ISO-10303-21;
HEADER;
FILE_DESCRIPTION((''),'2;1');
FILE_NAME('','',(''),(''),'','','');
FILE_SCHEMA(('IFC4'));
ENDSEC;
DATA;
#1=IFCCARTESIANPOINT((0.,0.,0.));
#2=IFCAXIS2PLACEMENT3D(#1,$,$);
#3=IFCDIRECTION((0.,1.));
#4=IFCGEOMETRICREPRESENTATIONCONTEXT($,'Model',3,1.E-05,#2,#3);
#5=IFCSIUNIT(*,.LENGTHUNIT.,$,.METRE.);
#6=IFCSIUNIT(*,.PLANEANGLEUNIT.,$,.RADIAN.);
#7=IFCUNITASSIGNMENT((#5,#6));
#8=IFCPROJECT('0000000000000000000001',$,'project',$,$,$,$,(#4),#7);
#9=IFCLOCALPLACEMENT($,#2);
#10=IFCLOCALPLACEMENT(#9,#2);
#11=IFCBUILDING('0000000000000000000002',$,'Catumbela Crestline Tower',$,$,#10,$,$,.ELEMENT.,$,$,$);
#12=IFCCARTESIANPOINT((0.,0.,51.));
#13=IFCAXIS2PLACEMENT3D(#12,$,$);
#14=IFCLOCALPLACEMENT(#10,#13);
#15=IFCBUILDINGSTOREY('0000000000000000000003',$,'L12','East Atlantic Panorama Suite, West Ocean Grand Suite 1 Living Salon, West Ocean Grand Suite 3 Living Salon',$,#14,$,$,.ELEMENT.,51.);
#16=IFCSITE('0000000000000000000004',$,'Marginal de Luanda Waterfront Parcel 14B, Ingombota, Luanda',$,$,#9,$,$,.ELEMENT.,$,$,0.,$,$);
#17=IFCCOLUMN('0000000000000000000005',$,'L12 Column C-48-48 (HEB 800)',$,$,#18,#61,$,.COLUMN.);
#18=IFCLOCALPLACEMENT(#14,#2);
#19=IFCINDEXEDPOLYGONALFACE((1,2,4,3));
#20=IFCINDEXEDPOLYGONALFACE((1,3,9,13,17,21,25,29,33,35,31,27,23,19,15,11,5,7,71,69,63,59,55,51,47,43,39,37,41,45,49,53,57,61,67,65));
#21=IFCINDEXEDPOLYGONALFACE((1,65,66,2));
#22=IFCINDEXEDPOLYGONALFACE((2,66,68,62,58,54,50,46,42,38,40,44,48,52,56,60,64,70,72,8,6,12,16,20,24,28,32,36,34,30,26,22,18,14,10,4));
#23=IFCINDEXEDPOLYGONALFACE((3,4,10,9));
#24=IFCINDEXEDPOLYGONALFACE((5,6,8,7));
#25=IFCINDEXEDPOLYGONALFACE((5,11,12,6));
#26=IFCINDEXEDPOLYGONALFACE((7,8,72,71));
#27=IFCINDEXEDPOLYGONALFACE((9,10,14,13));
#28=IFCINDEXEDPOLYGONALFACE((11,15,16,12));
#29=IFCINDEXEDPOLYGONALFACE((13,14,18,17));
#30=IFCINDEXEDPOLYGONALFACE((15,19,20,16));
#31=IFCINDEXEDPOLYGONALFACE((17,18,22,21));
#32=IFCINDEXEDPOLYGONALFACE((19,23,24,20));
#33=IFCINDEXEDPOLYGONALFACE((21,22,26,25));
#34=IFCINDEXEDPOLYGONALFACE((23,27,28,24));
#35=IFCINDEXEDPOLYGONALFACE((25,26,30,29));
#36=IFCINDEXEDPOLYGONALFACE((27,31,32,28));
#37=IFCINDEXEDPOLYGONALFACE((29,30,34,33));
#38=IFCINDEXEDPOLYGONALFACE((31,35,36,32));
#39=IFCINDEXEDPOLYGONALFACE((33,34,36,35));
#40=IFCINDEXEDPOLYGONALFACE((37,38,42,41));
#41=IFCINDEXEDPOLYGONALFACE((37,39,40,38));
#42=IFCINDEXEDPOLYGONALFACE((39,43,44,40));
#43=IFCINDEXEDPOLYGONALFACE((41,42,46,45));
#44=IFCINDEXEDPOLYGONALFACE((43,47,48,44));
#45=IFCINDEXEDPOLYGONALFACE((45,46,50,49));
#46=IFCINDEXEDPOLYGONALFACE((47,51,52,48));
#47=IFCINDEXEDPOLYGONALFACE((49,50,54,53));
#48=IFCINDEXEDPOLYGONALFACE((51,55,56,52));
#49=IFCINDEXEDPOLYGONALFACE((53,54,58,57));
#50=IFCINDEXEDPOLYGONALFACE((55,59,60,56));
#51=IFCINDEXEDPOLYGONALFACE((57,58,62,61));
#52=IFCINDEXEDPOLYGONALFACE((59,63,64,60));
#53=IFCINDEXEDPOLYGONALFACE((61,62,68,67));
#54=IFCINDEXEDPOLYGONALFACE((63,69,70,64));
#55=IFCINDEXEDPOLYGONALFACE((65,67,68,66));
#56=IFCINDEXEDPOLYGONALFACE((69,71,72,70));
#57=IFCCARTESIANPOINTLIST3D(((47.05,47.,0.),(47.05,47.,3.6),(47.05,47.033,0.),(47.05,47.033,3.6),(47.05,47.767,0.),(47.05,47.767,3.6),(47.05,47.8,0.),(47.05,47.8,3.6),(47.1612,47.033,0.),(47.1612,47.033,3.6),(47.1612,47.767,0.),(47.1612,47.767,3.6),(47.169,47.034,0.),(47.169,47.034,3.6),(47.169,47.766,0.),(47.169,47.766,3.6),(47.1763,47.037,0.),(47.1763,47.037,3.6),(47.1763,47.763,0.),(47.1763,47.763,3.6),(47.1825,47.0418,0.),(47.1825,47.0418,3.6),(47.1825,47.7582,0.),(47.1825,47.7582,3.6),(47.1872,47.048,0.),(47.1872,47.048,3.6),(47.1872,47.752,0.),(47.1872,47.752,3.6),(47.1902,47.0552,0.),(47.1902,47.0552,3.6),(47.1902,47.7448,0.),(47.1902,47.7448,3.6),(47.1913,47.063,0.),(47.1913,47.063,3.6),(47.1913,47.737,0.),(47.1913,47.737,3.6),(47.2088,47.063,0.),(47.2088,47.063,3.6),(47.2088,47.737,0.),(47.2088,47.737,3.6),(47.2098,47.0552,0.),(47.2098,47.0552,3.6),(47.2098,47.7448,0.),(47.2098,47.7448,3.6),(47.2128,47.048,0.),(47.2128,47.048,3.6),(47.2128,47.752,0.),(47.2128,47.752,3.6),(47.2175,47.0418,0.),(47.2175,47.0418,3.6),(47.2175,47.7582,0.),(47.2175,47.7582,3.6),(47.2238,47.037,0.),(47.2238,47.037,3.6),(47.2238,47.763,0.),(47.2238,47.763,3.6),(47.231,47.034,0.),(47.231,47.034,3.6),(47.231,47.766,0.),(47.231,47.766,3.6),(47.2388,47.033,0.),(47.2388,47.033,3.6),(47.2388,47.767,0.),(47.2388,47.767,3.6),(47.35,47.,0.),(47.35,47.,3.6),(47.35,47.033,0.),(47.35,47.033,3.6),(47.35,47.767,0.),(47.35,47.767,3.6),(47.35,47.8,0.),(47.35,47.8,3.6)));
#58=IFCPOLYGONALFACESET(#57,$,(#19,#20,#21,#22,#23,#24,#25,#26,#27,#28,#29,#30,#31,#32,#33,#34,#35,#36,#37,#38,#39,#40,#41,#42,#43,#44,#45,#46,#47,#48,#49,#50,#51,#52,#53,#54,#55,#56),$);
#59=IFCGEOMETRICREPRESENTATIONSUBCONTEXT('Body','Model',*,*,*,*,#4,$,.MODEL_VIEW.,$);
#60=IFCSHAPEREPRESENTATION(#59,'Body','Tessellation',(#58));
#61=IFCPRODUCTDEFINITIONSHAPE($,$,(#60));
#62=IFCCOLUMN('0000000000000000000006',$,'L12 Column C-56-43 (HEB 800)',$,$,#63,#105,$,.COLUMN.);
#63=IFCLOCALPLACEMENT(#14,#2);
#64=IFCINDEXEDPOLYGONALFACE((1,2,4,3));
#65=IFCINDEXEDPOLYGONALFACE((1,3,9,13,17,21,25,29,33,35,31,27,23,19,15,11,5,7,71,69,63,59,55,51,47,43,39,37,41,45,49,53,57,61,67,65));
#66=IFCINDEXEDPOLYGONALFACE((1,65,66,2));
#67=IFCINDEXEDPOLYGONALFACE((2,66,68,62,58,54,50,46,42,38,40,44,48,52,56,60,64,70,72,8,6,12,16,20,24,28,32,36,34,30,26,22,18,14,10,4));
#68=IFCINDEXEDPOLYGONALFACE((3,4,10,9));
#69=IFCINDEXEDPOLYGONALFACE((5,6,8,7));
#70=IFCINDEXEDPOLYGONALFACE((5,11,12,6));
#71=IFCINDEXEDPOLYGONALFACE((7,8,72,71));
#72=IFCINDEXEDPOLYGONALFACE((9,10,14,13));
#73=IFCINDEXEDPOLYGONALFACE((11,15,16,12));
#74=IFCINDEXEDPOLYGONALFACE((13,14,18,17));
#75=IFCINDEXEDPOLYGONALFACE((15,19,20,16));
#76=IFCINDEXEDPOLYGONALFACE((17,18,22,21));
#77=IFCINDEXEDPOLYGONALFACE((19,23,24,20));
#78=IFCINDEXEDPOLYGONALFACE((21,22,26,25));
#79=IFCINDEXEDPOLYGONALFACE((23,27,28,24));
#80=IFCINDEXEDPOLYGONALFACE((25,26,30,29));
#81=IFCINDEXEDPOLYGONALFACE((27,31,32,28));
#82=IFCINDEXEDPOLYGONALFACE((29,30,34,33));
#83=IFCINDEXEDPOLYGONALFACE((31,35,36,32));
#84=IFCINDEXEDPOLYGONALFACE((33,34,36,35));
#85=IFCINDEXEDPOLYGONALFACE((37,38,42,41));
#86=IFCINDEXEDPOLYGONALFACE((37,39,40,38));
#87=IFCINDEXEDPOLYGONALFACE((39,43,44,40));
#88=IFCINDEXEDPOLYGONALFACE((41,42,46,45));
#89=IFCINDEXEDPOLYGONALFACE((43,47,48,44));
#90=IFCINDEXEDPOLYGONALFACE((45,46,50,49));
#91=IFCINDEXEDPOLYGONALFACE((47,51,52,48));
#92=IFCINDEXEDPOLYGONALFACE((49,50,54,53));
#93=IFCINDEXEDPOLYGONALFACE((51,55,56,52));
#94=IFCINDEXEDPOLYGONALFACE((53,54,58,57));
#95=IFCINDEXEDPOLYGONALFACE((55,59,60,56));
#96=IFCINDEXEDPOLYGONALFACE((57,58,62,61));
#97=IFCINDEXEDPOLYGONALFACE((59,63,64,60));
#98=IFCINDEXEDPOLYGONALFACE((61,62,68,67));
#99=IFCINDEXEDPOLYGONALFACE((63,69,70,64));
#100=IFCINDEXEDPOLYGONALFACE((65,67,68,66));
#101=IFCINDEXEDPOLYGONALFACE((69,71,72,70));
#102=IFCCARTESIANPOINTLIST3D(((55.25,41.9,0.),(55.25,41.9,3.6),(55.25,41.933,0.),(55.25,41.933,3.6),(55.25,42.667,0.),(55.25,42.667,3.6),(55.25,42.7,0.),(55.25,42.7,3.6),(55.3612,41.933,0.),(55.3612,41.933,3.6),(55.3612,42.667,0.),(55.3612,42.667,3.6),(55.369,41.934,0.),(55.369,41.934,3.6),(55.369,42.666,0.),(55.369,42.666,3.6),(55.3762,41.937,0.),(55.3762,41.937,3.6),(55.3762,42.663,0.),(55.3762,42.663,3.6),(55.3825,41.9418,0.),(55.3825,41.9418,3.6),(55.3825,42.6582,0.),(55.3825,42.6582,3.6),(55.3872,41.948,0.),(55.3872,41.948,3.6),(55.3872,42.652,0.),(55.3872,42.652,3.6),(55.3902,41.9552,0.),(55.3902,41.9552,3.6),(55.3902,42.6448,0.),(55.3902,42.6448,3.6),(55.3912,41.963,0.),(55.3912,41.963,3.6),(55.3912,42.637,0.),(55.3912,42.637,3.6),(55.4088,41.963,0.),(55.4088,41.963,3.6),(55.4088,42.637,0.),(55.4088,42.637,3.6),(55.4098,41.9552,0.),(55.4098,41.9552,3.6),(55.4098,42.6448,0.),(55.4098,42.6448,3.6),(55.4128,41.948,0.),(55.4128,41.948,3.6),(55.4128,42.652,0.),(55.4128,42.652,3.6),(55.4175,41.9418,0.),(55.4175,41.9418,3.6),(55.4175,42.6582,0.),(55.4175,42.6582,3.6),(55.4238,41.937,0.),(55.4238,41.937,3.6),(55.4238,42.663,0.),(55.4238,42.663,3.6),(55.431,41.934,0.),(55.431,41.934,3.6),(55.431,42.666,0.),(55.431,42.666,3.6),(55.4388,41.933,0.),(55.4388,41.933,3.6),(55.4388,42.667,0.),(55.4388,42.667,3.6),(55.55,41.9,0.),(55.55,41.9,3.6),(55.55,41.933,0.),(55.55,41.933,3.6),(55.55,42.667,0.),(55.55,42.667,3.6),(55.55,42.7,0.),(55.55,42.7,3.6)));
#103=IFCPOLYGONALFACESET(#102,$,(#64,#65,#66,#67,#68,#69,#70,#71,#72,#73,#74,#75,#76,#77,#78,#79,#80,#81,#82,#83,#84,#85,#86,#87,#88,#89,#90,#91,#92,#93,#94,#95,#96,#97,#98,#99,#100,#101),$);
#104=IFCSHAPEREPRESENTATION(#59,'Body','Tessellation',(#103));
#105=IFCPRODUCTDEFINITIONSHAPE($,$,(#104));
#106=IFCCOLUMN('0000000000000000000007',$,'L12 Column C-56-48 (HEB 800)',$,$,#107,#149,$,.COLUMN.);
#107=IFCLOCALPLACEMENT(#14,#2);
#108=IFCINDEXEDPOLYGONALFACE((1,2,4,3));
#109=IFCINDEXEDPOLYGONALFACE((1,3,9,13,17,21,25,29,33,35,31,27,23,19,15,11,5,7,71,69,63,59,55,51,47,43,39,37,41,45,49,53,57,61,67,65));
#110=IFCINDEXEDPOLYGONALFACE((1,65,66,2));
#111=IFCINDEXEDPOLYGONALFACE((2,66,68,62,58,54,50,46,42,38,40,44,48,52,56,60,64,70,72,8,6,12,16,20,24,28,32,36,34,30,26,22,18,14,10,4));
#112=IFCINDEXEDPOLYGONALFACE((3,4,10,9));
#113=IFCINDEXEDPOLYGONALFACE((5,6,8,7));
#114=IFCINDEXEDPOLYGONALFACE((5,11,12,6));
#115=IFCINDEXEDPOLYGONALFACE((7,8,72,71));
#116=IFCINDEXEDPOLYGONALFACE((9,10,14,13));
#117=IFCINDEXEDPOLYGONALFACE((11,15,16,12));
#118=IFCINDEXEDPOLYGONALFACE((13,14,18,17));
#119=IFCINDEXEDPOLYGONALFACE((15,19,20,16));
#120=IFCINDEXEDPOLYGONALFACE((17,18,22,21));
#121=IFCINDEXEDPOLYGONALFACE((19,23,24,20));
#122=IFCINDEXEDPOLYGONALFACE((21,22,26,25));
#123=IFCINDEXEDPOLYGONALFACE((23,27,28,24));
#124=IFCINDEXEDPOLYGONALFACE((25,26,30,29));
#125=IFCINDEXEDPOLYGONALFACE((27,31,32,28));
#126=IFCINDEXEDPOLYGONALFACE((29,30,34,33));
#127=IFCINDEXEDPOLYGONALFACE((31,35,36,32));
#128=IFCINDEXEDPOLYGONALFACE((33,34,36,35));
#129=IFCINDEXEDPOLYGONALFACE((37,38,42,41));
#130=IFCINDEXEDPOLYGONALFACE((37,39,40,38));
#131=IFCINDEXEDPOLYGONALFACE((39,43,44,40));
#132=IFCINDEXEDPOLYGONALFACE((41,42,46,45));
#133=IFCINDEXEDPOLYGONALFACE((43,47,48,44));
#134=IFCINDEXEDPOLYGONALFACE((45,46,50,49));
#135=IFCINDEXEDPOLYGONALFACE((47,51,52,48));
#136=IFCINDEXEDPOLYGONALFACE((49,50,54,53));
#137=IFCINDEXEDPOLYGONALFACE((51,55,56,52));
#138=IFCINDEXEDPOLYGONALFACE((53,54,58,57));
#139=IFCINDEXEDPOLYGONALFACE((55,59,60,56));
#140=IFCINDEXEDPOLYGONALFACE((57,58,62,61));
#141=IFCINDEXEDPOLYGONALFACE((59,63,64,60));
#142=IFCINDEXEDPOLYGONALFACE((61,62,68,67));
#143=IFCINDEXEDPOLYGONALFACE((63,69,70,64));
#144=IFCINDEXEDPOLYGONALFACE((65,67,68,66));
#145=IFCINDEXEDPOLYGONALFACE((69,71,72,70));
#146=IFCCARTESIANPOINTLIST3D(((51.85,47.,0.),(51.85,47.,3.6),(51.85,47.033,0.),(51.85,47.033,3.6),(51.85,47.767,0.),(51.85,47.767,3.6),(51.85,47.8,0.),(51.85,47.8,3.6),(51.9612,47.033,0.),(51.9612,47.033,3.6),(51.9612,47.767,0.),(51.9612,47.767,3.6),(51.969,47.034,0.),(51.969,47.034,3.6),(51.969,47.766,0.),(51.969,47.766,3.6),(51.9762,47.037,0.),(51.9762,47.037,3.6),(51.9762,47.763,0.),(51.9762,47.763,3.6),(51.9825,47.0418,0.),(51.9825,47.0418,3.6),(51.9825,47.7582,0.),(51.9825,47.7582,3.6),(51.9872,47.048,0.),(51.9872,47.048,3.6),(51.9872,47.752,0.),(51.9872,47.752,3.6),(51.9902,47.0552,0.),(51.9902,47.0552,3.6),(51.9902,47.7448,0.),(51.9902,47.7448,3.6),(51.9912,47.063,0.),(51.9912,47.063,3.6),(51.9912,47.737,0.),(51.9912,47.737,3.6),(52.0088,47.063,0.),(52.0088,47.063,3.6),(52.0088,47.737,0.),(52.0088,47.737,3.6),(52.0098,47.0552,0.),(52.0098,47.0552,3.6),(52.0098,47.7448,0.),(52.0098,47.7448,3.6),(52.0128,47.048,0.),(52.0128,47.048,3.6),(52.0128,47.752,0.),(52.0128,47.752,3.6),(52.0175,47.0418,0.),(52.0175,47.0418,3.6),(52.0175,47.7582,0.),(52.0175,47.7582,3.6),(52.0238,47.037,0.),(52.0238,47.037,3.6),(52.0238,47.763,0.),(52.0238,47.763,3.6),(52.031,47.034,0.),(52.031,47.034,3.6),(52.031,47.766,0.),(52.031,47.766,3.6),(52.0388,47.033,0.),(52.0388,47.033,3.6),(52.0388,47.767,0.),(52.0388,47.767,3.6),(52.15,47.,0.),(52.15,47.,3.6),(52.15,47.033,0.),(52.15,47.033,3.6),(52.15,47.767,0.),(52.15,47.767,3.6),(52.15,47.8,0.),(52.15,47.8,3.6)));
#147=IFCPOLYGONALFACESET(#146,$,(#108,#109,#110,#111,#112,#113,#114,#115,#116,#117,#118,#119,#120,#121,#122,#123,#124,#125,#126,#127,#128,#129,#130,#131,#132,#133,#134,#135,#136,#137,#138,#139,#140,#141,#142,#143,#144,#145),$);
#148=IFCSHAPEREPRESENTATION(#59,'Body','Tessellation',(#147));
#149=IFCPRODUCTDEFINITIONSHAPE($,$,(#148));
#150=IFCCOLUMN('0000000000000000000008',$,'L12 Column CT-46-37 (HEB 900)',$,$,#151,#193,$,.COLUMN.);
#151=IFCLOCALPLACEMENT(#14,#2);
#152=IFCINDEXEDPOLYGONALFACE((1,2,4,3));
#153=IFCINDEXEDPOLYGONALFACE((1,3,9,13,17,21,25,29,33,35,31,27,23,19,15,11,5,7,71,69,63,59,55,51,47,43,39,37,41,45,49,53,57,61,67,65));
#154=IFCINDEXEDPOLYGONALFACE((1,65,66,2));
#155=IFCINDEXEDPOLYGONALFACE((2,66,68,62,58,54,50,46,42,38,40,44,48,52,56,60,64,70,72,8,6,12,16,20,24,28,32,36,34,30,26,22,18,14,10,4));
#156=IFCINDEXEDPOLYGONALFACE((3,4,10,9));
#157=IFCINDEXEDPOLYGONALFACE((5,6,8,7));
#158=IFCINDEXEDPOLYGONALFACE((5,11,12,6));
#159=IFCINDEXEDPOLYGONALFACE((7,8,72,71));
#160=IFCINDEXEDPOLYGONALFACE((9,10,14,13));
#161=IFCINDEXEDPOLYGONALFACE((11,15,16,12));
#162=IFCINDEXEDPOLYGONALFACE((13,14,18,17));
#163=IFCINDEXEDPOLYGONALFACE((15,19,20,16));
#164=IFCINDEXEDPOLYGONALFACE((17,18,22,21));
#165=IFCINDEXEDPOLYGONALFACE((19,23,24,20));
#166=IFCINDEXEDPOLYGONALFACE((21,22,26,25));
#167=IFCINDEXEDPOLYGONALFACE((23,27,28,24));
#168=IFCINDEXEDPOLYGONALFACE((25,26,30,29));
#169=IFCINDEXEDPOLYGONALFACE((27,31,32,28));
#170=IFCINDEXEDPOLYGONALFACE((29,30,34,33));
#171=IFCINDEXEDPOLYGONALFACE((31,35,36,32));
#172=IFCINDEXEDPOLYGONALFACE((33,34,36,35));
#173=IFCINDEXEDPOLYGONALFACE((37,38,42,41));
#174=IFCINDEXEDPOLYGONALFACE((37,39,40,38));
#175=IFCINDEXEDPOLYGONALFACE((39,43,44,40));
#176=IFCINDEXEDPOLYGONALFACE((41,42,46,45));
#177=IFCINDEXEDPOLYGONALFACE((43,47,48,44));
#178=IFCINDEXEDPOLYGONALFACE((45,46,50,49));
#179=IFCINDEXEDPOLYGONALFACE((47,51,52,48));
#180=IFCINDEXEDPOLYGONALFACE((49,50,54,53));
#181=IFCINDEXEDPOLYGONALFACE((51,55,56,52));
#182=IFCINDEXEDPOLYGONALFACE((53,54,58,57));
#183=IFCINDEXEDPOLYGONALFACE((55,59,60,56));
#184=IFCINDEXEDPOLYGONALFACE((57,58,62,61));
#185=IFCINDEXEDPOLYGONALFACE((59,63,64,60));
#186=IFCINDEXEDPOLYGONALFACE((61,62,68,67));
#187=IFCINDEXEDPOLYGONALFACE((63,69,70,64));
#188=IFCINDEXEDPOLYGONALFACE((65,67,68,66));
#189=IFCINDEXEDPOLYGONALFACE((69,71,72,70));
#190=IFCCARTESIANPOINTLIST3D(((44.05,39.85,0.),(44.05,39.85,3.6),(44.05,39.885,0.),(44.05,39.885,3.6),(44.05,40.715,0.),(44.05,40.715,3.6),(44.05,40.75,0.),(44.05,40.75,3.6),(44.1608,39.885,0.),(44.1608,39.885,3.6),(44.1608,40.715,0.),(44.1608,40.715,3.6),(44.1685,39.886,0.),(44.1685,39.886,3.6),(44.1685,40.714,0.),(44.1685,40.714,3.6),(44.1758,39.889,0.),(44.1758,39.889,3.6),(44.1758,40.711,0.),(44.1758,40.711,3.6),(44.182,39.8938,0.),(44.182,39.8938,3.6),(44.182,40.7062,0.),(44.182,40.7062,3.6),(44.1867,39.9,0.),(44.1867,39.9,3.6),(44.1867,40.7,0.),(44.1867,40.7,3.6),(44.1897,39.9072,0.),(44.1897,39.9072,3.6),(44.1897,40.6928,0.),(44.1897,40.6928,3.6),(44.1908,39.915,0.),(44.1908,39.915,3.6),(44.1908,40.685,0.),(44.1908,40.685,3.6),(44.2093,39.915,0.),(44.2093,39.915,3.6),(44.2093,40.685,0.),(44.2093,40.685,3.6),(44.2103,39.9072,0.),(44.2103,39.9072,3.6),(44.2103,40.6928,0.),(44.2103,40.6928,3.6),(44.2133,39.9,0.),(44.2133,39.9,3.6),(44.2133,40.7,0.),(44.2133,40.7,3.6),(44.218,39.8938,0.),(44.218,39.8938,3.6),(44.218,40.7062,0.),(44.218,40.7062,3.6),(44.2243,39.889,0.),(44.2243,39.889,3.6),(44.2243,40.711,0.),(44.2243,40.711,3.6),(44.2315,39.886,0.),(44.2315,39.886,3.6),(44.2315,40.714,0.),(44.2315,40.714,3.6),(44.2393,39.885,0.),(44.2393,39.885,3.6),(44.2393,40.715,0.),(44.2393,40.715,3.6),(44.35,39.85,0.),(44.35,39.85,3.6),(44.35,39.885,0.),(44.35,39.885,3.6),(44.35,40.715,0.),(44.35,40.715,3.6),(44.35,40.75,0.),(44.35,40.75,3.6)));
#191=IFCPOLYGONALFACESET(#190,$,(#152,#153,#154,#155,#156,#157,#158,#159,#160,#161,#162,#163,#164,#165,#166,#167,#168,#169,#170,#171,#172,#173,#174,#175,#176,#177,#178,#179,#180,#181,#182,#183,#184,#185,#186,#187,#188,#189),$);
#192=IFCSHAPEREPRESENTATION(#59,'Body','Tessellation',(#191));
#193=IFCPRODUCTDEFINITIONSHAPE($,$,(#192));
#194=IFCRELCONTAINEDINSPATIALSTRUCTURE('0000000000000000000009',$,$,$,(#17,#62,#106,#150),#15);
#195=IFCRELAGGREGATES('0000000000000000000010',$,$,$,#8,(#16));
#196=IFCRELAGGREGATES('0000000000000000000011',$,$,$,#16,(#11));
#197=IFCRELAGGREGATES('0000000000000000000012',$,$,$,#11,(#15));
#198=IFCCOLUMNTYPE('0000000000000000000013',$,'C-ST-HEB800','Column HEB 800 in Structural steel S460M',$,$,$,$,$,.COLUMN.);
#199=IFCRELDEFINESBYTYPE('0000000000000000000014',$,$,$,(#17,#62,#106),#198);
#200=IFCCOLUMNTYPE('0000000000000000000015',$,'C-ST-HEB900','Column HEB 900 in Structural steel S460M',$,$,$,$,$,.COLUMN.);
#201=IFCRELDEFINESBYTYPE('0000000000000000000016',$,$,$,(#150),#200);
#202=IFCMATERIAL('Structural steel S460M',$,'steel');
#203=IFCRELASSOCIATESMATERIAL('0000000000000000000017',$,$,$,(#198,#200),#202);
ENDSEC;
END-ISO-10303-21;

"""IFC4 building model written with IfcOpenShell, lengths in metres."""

from ifc_helpers import new_model, si_unit, direction, frame, origin, origin_2d, place, context, subcontext, project, spatial, i_section, extrude, material, material_profile, profile_set, type_object, element, save


model = new_model("IFC4")

# Units and contexts
model_context = context("Model", 3, precision=1e-05, world=origin(), true_north=direction((0.0, 1.0)))
body_context = subcontext(model_context, "Body", "Model", "MODEL_VIEW")
ifc_project = project(units=[si_unit("LENGTHUNIT", "METRE"), si_unit("PLANEANGLEUNIT", "RADIAN")], contexts=[model_context])

# Site, building, storey
site_placement = place(None, origin())
site = spatial("IfcSite", under=ifc_project, at=site_placement, Name="Marginal de Luanda Waterfront Parcel 14B, Ingombota, Luanda", CompositionType="ELEMENT", RefElevation=0.0)
building_placement = place(site_placement, origin())
building = spatial("IfcBuilding", under=site, at=building_placement, Name="Catumbela Crestline Tower", CompositionType="ELEMENT")
storey_placement = place(building_placement, frame((0.0, 0.0, 51.0)))
storey = spatial("IfcBuildingStorey", under=building, at=storey_placement, Name="L12", Description="East Atlantic Panorama Suite, West Ocean Grand Suite 1 Living Salon, West Ocean Grand Suite 3 Living Salon", CompositionType="ELEMENT", Elevation=51.0)

# Columns
ifc_material_1 = material(Name="Structural steel S460M", Category="steel")
ifc_material_profile_1 = material_profile(ifc_material_1, i_section(OverallWidth=0.3, OverallDepth=0.8, WebThickness=0.0175, FlangeThickness=0.033, FilletRadius=0.03, at=origin_2d()), Name="HEB 800")
ifc_profile_set_1 = profile_set([ifc_material_profile_1], Name="Structural steel S460M")
column_type_1 = type_object("IfcColumnType", Name="C-ST-HEB800", Description="Column HEB 800 in Structural steel S460M", PredefinedType="COLUMN", material=ifc_profile_set_1)
for number, where, z_axis, x_axis, name in (
    (1, (47.2, 47.4, 0.0), (0.0, 0.0, 1.0), (1.0, 0.0, 0.0), "L12 Column C-48-48 (HEB 800)"),
    (2, (55.4, 42.3, 0.0), (0.0, 0.0, 1.0), (1.0, 0.0, 0.0), "L12 Column C-56-43 (HEB 800)"),
    (3, (52.0, 47.4, 0.0), (0.0, 0.0, 1.0), (1.0, 0.0, 0.0), "L12 Column C-56-48 (HEB 800)"),
):
    element("IfcColumn", number, at=place(storey_placement, frame(where, z_axis=z_axis, x_axis=x_axis)), inside=storey, type_object=column_type_1, Name=name, PredefinedType="COLUMN", context=body_context, shape_type="SweptSolid", body=[
        extrude(i_section(OverallWidth=0.3, OverallDepth=0.8, WebThickness=0.0175, FlangeThickness=0.033, FilletRadius=0.03, at=origin_2d()), origin(), (0.0, 0.0, 1.0), 3.6),
    ])
ifc_material_profile_2 = material_profile(ifc_material_1, i_section(OverallWidth=0.3, OverallDepth=0.9, WebThickness=0.0185, FlangeThickness=0.035, FilletRadius=0.03, at=origin_2d()), Name="HEB 900")
ifc_profile_set_2 = profile_set([ifc_material_profile_2], Name="Structural steel S460M")
column_type_2 = type_object("IfcColumnType", Name="C-ST-HEB900", Description="Column HEB 900 in Structural steel S460M", PredefinedType="COLUMN", material=ifc_profile_set_2)
column_placement = place(storey_placement, frame((44.2, 40.3, 0.0), z_axis=(0.0, 0.0, 1.0), x_axis=(1.0, 0.0, 0.0)))
element("IfcColumn", 4, at=column_placement, inside=storey, type_object=column_type_2, Name="L12 Column CT-46-37 (HEB 900)", PredefinedType="COLUMN", context=body_context, shape_type="SweptSolid", body=[
    extrude(i_section(OverallWidth=0.3, OverallDepth=0.9, WebThickness=0.0185, FlangeThickness=0.035, FilletRadius=0.03, at=origin_2d()), origin(), (0.0, 0.0, 1.0), 3.6),
])

save(model, "model.ifc")
